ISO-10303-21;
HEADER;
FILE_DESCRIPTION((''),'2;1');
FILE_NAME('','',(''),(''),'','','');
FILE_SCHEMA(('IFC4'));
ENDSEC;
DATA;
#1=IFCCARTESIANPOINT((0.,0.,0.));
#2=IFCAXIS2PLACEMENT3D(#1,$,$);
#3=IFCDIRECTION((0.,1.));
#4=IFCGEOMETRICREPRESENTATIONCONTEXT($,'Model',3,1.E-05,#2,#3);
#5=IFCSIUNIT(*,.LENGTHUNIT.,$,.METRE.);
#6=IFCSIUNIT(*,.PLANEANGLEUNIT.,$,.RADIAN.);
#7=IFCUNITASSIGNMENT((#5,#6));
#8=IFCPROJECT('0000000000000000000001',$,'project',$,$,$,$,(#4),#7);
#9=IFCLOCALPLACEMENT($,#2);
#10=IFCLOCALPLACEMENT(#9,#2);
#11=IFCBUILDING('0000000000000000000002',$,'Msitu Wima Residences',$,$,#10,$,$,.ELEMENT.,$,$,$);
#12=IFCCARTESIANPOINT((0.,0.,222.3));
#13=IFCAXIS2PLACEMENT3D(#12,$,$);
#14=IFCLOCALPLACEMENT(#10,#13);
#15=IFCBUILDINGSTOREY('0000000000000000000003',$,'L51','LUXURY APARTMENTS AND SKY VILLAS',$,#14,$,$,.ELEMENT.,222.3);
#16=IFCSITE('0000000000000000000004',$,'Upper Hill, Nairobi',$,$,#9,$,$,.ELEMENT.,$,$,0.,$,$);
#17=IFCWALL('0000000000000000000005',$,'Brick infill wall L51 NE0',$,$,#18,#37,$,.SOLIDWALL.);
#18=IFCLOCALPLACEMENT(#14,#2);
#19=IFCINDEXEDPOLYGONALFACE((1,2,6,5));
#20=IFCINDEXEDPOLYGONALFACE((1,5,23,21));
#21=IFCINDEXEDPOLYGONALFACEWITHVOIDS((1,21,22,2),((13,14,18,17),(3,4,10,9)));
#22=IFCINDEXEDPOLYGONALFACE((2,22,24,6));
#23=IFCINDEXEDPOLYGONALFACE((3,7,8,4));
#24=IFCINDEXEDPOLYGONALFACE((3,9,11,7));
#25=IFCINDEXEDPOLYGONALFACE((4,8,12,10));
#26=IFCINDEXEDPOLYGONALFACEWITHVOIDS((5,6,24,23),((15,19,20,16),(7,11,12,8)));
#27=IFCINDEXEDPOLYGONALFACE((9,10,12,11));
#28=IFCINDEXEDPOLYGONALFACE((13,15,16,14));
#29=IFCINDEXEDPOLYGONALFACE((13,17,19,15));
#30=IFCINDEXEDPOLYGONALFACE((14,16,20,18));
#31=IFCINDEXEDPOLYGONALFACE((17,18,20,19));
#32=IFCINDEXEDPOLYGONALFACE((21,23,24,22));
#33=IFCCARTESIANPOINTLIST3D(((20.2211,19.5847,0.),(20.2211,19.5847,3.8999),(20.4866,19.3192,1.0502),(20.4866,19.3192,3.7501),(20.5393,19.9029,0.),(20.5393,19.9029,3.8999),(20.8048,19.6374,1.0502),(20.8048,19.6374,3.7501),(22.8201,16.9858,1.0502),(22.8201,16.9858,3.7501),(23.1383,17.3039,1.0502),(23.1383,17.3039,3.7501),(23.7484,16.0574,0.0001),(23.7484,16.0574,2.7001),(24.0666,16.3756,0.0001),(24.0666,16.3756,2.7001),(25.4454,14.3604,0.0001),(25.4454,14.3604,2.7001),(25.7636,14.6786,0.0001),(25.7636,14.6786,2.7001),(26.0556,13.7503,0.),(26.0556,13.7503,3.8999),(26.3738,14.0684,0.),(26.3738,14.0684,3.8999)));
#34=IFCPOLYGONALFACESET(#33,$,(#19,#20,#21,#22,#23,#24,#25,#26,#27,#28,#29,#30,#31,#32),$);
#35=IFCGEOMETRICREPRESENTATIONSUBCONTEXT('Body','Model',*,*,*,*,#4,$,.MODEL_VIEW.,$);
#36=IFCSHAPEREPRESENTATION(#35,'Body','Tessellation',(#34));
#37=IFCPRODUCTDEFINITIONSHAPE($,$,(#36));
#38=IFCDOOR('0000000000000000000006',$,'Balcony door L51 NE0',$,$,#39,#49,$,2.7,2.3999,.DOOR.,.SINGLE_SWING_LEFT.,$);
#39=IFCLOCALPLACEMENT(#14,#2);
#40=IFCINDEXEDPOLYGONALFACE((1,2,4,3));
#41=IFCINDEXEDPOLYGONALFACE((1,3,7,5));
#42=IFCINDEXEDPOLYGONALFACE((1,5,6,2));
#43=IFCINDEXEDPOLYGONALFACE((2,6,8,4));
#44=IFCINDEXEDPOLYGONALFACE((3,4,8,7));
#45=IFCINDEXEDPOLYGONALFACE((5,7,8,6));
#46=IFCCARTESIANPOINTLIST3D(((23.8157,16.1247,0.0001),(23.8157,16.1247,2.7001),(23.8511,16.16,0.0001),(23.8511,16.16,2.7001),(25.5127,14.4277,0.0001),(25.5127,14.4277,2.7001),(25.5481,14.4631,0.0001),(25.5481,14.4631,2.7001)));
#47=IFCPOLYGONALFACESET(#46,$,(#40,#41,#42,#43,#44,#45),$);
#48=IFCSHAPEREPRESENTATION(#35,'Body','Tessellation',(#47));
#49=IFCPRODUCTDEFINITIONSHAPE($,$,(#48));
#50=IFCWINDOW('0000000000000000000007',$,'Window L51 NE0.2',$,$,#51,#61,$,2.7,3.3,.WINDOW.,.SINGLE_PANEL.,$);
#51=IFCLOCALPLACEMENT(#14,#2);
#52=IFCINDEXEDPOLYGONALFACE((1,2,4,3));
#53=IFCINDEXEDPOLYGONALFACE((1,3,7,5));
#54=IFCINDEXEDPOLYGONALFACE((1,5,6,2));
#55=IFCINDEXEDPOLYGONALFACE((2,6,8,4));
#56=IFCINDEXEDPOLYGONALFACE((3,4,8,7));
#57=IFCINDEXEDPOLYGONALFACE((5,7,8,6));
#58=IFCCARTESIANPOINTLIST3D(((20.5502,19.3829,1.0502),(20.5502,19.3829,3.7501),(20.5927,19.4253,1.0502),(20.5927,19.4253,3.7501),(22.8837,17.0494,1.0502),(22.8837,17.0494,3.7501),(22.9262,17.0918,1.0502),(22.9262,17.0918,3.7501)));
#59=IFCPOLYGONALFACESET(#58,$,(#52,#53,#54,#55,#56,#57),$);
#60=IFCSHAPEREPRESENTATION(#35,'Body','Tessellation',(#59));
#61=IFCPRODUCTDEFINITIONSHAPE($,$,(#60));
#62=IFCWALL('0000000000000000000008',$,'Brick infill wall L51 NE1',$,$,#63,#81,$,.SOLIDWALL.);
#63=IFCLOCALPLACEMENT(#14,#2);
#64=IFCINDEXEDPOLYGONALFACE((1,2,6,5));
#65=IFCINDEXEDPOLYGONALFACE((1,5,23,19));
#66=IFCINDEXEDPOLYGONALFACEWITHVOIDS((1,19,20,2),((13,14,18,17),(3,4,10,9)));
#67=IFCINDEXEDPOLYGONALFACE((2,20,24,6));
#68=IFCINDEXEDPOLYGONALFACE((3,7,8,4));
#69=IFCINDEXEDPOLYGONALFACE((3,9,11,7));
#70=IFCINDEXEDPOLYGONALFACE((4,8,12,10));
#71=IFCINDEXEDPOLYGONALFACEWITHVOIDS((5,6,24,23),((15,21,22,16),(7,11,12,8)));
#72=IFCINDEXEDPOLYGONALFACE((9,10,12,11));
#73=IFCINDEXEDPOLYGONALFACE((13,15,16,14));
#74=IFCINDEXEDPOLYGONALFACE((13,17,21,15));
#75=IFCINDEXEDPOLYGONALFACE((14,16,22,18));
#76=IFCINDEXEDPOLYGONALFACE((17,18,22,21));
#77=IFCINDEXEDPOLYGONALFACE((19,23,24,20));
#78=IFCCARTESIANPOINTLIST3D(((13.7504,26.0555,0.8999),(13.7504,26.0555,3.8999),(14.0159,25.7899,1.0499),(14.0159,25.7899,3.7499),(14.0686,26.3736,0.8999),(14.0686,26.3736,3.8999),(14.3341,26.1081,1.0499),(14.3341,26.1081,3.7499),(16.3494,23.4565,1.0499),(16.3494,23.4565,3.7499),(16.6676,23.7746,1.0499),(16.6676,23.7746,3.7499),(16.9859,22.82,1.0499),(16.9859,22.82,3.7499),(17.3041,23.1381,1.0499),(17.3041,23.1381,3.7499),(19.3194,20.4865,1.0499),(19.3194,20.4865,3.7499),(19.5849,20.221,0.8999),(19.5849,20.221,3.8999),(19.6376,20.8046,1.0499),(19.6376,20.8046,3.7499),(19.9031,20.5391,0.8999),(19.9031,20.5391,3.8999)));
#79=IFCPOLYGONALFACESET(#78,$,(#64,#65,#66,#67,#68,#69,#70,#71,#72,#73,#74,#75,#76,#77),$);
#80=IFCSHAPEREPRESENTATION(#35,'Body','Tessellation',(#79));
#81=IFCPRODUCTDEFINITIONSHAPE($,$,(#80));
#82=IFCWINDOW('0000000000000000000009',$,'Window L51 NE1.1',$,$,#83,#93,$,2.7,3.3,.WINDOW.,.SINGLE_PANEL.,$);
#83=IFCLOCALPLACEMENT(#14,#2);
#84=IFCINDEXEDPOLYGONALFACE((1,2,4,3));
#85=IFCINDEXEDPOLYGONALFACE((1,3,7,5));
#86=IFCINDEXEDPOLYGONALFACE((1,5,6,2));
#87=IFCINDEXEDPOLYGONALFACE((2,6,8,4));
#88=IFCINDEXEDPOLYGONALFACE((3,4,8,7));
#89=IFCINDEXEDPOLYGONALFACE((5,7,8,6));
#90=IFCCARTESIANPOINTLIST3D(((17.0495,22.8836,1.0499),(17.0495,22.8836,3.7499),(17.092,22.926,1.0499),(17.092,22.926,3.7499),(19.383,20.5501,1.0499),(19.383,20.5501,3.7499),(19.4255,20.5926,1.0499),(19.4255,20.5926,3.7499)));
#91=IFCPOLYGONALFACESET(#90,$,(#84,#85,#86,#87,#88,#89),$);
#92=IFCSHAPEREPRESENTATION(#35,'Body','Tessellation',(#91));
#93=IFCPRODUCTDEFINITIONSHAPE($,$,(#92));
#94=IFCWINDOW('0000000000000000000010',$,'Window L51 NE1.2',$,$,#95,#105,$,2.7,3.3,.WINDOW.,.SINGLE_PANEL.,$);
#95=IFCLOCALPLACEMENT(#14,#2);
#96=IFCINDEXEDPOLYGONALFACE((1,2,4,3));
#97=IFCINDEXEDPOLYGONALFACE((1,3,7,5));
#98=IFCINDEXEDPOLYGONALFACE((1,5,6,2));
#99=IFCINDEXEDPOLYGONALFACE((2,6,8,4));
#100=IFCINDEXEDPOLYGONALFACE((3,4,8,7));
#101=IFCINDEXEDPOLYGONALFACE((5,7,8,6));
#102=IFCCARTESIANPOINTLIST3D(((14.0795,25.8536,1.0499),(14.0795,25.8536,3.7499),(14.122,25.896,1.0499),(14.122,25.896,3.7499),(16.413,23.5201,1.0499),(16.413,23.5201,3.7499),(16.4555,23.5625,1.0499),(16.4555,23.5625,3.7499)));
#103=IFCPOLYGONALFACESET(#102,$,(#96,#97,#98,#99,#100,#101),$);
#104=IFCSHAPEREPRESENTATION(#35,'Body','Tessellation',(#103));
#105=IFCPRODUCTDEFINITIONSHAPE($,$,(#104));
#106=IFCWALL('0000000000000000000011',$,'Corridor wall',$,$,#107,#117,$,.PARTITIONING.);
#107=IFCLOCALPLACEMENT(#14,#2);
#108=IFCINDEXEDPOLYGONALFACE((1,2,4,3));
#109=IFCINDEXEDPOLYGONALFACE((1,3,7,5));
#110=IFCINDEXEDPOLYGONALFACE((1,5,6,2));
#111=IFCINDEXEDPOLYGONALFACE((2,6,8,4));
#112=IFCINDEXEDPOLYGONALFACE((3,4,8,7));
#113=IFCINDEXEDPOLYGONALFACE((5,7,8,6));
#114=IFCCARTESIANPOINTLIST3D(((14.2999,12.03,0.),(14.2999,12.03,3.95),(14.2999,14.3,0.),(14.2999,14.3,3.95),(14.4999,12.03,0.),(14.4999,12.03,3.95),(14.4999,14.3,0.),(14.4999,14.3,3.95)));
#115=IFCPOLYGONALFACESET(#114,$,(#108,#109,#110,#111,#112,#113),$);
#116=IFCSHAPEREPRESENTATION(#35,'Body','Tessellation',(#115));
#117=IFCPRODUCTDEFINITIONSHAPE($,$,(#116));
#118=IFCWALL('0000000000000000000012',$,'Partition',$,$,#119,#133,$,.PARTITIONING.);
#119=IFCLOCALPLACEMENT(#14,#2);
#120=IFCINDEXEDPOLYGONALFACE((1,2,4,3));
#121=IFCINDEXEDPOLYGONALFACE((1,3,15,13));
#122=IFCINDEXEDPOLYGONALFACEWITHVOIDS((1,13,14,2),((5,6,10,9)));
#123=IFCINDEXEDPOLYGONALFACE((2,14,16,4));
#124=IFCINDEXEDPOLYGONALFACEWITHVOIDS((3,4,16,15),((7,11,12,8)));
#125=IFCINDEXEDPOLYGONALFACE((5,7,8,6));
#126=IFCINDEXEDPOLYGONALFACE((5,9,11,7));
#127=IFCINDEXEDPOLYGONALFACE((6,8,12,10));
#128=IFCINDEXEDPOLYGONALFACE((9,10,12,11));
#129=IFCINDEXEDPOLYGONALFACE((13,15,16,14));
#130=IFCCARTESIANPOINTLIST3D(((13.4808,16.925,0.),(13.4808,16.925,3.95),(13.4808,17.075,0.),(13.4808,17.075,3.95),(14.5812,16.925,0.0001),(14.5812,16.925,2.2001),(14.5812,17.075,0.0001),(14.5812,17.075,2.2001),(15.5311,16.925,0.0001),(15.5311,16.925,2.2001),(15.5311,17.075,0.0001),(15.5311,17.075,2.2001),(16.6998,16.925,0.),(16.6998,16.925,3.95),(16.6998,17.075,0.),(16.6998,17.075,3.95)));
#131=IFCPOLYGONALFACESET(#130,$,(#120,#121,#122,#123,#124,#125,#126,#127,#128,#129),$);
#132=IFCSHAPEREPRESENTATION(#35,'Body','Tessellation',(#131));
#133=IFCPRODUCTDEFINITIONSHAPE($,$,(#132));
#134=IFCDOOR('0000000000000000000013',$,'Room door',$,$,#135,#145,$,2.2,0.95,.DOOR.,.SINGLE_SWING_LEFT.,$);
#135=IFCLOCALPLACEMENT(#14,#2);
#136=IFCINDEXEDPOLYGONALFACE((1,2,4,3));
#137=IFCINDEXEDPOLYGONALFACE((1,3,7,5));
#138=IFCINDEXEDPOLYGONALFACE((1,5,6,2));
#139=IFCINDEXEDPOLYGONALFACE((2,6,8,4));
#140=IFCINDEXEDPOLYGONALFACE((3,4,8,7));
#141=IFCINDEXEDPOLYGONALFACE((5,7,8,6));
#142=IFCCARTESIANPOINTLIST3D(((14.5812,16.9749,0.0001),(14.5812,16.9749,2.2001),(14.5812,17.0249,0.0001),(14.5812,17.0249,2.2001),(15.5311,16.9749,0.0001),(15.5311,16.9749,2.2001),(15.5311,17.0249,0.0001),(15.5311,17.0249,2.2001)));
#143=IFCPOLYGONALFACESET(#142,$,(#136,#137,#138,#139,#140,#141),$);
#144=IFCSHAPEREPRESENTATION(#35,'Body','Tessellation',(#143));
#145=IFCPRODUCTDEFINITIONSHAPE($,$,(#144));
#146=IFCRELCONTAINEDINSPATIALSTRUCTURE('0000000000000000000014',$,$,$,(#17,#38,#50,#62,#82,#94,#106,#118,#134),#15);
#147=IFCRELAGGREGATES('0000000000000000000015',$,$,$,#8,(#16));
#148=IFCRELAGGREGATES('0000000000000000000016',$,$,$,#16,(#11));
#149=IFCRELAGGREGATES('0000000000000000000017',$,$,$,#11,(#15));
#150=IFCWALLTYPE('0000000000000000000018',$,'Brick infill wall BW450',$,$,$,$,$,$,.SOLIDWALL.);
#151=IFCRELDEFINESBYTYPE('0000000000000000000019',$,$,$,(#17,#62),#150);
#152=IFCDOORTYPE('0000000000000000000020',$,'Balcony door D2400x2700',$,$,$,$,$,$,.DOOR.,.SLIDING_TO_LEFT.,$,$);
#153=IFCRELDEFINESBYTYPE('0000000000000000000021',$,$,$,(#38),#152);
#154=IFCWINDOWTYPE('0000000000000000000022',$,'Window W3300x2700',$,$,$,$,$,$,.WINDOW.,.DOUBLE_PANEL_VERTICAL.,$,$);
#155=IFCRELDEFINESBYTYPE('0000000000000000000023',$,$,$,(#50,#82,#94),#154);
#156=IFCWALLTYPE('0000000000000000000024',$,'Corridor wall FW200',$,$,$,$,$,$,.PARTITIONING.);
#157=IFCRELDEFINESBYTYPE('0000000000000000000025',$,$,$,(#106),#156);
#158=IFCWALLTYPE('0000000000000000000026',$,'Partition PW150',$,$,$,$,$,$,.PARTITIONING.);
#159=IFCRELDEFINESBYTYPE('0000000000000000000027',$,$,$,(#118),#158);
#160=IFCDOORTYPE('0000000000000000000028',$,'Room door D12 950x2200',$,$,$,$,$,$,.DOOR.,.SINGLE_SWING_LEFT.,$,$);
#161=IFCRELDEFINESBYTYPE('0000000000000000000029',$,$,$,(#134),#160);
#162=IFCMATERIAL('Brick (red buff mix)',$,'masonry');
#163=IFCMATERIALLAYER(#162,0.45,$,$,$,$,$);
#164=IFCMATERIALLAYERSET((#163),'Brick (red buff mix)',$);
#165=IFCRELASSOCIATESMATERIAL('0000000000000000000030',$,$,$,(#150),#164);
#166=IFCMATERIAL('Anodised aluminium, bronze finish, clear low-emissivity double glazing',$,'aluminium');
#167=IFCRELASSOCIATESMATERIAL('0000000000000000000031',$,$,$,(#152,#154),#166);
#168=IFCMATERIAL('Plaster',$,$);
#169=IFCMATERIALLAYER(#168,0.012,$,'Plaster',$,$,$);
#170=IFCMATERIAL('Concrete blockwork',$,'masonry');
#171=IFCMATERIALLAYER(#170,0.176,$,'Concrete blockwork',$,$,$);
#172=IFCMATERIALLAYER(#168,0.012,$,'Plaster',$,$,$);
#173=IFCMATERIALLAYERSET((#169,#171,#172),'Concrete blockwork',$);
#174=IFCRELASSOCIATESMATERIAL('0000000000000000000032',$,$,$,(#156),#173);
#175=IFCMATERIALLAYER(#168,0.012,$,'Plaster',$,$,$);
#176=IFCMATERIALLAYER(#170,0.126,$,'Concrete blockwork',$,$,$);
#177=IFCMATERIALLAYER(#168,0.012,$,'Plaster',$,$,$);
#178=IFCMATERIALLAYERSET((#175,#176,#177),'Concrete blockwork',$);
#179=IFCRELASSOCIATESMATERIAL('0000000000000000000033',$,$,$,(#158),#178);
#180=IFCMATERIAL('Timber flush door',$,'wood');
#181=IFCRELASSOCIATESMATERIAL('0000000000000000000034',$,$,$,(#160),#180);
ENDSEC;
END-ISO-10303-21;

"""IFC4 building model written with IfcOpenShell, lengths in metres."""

from ifc_helpers import new_model, si_unit, direction, frame, frame_2d, origin, place, context, subcontext, project, spatial, rectangle, extrude, material, layer, layer_set, type_object, element, fill, save


model = new_model("IFC4")

# Units and contexts
model_context = context("Model", 3, precision=1e-05, world=origin(), true_north=direction((0.0, 1.0)))
body_context = subcontext(model_context, "Body", "Model", "MODEL_VIEW")
ifc_project = project(units=[si_unit("LENGTHUNIT", "METRE"), si_unit("PLANEANGLEUNIT", "RADIAN")], contexts=[model_context])

# Site, building, storey
site_placement = place(None, origin())
site = spatial("IfcSite", under=ifc_project, at=site_placement, Name="Upper Hill, Nairobi", CompositionType="ELEMENT", RefElevation=0.0)
building_placement = place(site_placement, origin())
building = spatial("IfcBuilding", under=site, at=building_placement, Name="Msitu Wima Residences", CompositionType="ELEMENT")
storey_placement = place(building_placement, frame((0.0, 0.0, 222.3)))
storey = spatial("IfcBuildingStorey", under=building, at=storey_placement, Name="L51", Description="LUXURY APARTMENTS AND SKY VILLAS", CompositionType="ELEMENT", Elevation=222.3)

# Wall, openings, door, window
ifc_material_1 = material(Name="Brick (red buff mix)", Category="masonry")
ifc_layer_1 = layer(ifc_material_1, 0.45)
ifc_layer_set_1 = layer_set([ifc_layer_1], Name="Brick (red buff mix)")
wall_type_1 = type_object("IfcWallType", Name="Brick infill wall BW450", PredefinedType="SOLIDWALL", material=ifc_layer_set_1)
wall_1_placement = place(storey_placement, frame((26.2146, 13.9094, 0.0), z_axis=(0.0, 0.0, 1.0), x_axis=(-0.707107, 0.707107, 0.0)))
wall_1 = element("IfcWall", 1, at=wall_1_placement, inside=storey, type_object=wall_type_1, Name="Brick infill wall L51 NE0", PredefinedType="SOLIDWALL", context=body_context, shape_type="SweptSolid", body=[
    extrude(rectangle(XDim=8.2512, YDim=0.45, at=frame_2d((4.1255, 0.0))), origin(), (0.0, 0.0, 1.0), 3.8999),
])
opening_1_placement = place(wall_1_placement, frame((0.8628, 0.0, 0.0)))
opening_1 = element("IfcOpeningElement", 2, at=opening_1_placement, cuts=wall_1, PredefinedType="OPENING", context=body_context, shape_type="SweptSolid", body=[
    extrude(rectangle(XDim=2.3999, YDim=2.7, at=frame_2d((1.2, 1.3501))), frame((0.0, 0.2349, 0.0), z_axis=(0.0, -1.0, 0.0), x_axis=(1.0, 0.0, 0.0)), (0.0, 0.0, 1.0), 0.47),
])
opening_2_placement = place(wall_1_placement, frame((4.5757, 0.0, 1.05)))
opening_2 = element("IfcOpeningElement", 3, at=opening_2_placement, cuts=wall_1, PredefinedType="OPENING", context=body_context, shape_type="SweptSolid", body=[
    extrude(rectangle(XDim=3.3, YDim=2.7, at=frame_2d((1.6499, 1.3501))), frame((0.0, 0.2349, 0.0), z_axis=(0.0, -1.0, 0.0), x_axis=(1.0, 0.0, 0.0)), (0.0, 0.0, 1.0), 0.47),
])
ifc_material_2 = material(Name="Anodised aluminium, bronze finish, clear low-emissivity double glazing", Category="aluminium")
door_type_1 = type_object("IfcDoorType", Name="Balcony door D2400x2700", OperationType="SLIDING_TO_LEFT", PredefinedType="DOOR", material=ifc_material_2)
door_1_placement = place(opening_1_placement, origin())
door_1 = element("IfcDoor", 4, at=door_1_placement, inside=storey, type_object=door_type_1, Name="Balcony door L51 NE0", OperationType="SINGLE_SWING_LEFT", OverallHeight=2.7, OverallWidth=2.3999, PredefinedType="DOOR", context=body_context, shape_type="SweptSolid", body=[
    extrude(rectangle(XDim=2.3999, YDim=2.7, at=frame_2d((1.2, 1.3501))), frame((0.0, 0.1299, 0.0), z_axis=(0.0, -1.0, 0.0), x_axis=(1.0, 0.0, 0.0)), (0.0, 0.0, 1.0), 0.05),
])
fill(opening_1, door_1)
window_type = type_object("IfcWindowType", Name="Window W3300x2700", PartitioningType="DOUBLE_PANEL_VERTICAL", PredefinedType="WINDOW", material=ifc_material_2)
window_1_placement = place(opening_2_placement, origin())
window_1 = element("IfcWindow", 5, at=window_1_placement, inside=storey, type_object=window_type, Name="Window L51 NE0.2", OverallHeight=2.7, OverallWidth=3.3, PartitioningType="SINGLE_PANEL", PredefinedType="WINDOW", context=body_context, shape_type="SweptSolid", body=[
    extrude(rectangle(XDim=3.3, YDim=2.7, at=frame_2d((1.6499, 1.3501))), frame((0.0, 0.135, 0.0), z_axis=(0.0, -1.0, 0.0), x_axis=(1.0, 0.0, 0.0)), (0.0, 0.0, 1.0), 0.0601),
])
fill(opening_2, window_1)

# Wall, openings, windows
wall_2_placement = place(storey_placement, frame((19.7439, 20.3801, 0.8999), z_axis=(0.0, 0.0, 1.0), x_axis=(-0.707107, 0.707107, 0.0)))
wall_2 = element("IfcWall", 6, at=wall_2_placement, inside=storey, type_object=wall_type_1, Name="Brick infill wall L51 NE1", PredefinedType="SOLIDWALL", context=body_context, shape_type="SweptSolid", body=[
    extrude(rectangle(XDim=8.2512, YDim=0.45, at=frame_2d((4.1255, 0.0))), origin(), (0.0, 0.0, 1.0), 3.0),
])
opening_3_placement = place(wall_2_placement, frame((0.3755, 0.0, 0.1499)))
opening_3 = element("IfcOpeningElement", 7, at=opening_3_placement, cuts=wall_2, PredefinedType="OPENING", context=body_context, shape_type="SweptSolid", body=[
    extrude(rectangle(XDim=3.3, YDim=2.7, at=frame_2d((1.6499, 1.3501))), frame((0.0, 0.2349, 0.0), z_axis=(0.0, -1.0, 0.0), x_axis=(1.0, 0.0, 0.0)), (0.0, 0.0, 1.0), 0.47),
])
opening_4_placement = place(wall_2_placement, frame((4.5757, 0.0, 0.1499)))
opening_4 = element("IfcOpeningElement", 8, at=opening_4_placement, cuts=wall_2, PredefinedType="OPENING", context=body_context, shape_type="SweptSolid", body=[
    extrude(rectangle(XDim=3.3, YDim=2.7, at=frame_2d((1.6499, 1.3501))), frame((0.0, 0.2349, 0.0), z_axis=(0.0, -1.0, 0.0), x_axis=(1.0, 0.0, 0.0)), (0.0, 0.0, 1.0), 0.47),
])
window_2_placement = place(opening_3_placement, origin())
window_2 = element("IfcWindow", 9, at=window_2_placement, inside=storey, type_object=window_type, Name="Window L51 NE1.1", OverallHeight=2.7, OverallWidth=3.3, PartitioningType="SINGLE_PANEL", PredefinedType="WINDOW", context=body_context, shape_type="SweptSolid", body=[
    extrude(rectangle(XDim=3.3, YDim=2.7, at=frame_2d((1.6499, 1.3501))), frame((0.0, 0.135, 0.0), z_axis=(0.0, -1.0, 0.0), x_axis=(1.0, 0.0, 0.0)), (0.0, 0.0, 1.0), 0.0601),
])
fill(opening_3, window_2)
window_3_placement = place(opening_4_placement, origin())
window_3 = element("IfcWindow", 10, at=window_3_placement, inside=storey, type_object=window_type, Name="Window L51 NE1.2", OverallHeight=2.7, OverallWidth=3.3, PartitioningType="SINGLE_PANEL", PredefinedType="WINDOW", context=body_context, shape_type="SweptSolid", body=[
    extrude(rectangle(XDim=3.3, YDim=2.7, at=frame_2d((1.6499, 1.3501))), frame((0.0, 0.135, 0.0), z_axis=(0.0, -1.0, 0.0), x_axis=(1.0, 0.0, 0.0)), (0.0, 0.0, 1.0), 0.0601),
])
fill(opening_4, window_3)

# Wall
ifc_material_3 = material(Name="Plaster")
ifc_layer_2 = layer(ifc_material_3, 0.012, Name="Plaster")
ifc_material_4 = material(Name="Concrete blockwork", Category="masonry")
ifc_layer_3 = layer(ifc_material_4, 0.176, Name="Concrete blockwork")
ifc_layer_4 = layer(ifc_material_3, 0.012, Name="Plaster")
ifc_layer_set_2 = layer_set([ifc_layer_2, ifc_layer_3, ifc_layer_4], Name="Concrete blockwork")
wall_type_2 = type_object("IfcWallType", Name="Corridor wall FW200", PredefinedType="PARTITIONING", material=ifc_layer_set_2)
wall_3_placement = place(storey_placement, frame((14.3999, 12.03, 0.0), z_axis=(0.0, 0.0, 1.0), x_axis=(0.0, 1.0, 0.0)))
element("IfcWall", 11, at=wall_3_placement, inside=storey, type_object=wall_type_2, Name="Corridor wall", PredefinedType="PARTITIONING", context=body_context, shape_type="SweptSolid", body=[
    extrude(rectangle(XDim=2.27, YDim=0.2, at=frame_2d((1.135, 0.0))), origin(), (0.0, 0.0, 1.0), 3.95),
])

# Wall, opening, door
ifc_layer_5 = layer(ifc_material_3, 0.012, Name="Plaster")
ifc_layer_6 = layer(ifc_material_4, 0.126, Name="Concrete blockwork")
ifc_layer_7 = layer(ifc_material_3, 0.012, Name="Plaster")
ifc_layer_set_3 = layer_set([ifc_layer_5, ifc_layer_6, ifc_layer_7], Name="Concrete blockwork")
wall_type_3 = type_object("IfcWallType", Name="Partition PW150", PredefinedType="PARTITIONING", material=ifc_layer_set_3)
wall_4_placement = place(storey_placement, frame((13.481, 17.0, 0.0), z_axis=(0.0, 0.0, 1.0), x_axis=(1.0, 0.0, 0.0)))
wall_4 = element("IfcWall", 12, at=wall_4_placement, inside=storey, type_object=wall_type_3, Name="Partition", PredefinedType="PARTITIONING", context=body_context, shape_type="SweptSolid", body=[
    extrude(rectangle(XDim=3.219, YDim=0.1499, at=frame_2d((1.6094, 0.0))), origin(), (0.0, 0.0, 1.0), 3.95),
])
opening_5_placement = place(wall_4_placement, frame((1.1001, 0.0, 0.0)))
opening_5 = element("IfcOpeningElement", 13, at=opening_5_placement, cuts=wall_4, PredefinedType="OPENING", context=body_context, shape_type="SweptSolid", body=[
    extrude(rectangle(XDim=0.95, YDim=2.2, at=frame_2d((0.4751, 1.1001))), frame((0.0, 0.085, 0.0), z_axis=(0.0, -1.0, 0.0), x_axis=(1.0, 0.0, 0.0)), (0.0, 0.0, 1.0), 0.1699),
])
ifc_material_5 = material(Name="Timber flush door", Category="wood")
door_type_2 = type_object("IfcDoorType", Name="Room door D12 950x2200", OperationType="SINGLE_SWING_LEFT", PredefinedType="DOOR", material=ifc_material_5)
door_2_placement = place(opening_5_placement, origin())
door_2 = element("IfcDoor", 14, at=door_2_placement, inside=storey, type_object=door_type_2, Name="Room door", OperationType="SINGLE_SWING_LEFT", OverallHeight=2.2, OverallWidth=0.95, PredefinedType="DOOR", context=body_context, shape_type="SweptSolid", body=[
    extrude(rectangle(XDim=0.95, YDim=2.2, at=frame_2d((0.4751, 1.1001))), frame((0.0, 0.0249, 0.0), z_axis=(0.0, -1.0, 0.0), x_axis=(1.0, 0.0, 0.0)), (0.0, 0.0, 1.0), 0.05),
])
fill(opening_5, door_2)

save(model, "model.ifc")
